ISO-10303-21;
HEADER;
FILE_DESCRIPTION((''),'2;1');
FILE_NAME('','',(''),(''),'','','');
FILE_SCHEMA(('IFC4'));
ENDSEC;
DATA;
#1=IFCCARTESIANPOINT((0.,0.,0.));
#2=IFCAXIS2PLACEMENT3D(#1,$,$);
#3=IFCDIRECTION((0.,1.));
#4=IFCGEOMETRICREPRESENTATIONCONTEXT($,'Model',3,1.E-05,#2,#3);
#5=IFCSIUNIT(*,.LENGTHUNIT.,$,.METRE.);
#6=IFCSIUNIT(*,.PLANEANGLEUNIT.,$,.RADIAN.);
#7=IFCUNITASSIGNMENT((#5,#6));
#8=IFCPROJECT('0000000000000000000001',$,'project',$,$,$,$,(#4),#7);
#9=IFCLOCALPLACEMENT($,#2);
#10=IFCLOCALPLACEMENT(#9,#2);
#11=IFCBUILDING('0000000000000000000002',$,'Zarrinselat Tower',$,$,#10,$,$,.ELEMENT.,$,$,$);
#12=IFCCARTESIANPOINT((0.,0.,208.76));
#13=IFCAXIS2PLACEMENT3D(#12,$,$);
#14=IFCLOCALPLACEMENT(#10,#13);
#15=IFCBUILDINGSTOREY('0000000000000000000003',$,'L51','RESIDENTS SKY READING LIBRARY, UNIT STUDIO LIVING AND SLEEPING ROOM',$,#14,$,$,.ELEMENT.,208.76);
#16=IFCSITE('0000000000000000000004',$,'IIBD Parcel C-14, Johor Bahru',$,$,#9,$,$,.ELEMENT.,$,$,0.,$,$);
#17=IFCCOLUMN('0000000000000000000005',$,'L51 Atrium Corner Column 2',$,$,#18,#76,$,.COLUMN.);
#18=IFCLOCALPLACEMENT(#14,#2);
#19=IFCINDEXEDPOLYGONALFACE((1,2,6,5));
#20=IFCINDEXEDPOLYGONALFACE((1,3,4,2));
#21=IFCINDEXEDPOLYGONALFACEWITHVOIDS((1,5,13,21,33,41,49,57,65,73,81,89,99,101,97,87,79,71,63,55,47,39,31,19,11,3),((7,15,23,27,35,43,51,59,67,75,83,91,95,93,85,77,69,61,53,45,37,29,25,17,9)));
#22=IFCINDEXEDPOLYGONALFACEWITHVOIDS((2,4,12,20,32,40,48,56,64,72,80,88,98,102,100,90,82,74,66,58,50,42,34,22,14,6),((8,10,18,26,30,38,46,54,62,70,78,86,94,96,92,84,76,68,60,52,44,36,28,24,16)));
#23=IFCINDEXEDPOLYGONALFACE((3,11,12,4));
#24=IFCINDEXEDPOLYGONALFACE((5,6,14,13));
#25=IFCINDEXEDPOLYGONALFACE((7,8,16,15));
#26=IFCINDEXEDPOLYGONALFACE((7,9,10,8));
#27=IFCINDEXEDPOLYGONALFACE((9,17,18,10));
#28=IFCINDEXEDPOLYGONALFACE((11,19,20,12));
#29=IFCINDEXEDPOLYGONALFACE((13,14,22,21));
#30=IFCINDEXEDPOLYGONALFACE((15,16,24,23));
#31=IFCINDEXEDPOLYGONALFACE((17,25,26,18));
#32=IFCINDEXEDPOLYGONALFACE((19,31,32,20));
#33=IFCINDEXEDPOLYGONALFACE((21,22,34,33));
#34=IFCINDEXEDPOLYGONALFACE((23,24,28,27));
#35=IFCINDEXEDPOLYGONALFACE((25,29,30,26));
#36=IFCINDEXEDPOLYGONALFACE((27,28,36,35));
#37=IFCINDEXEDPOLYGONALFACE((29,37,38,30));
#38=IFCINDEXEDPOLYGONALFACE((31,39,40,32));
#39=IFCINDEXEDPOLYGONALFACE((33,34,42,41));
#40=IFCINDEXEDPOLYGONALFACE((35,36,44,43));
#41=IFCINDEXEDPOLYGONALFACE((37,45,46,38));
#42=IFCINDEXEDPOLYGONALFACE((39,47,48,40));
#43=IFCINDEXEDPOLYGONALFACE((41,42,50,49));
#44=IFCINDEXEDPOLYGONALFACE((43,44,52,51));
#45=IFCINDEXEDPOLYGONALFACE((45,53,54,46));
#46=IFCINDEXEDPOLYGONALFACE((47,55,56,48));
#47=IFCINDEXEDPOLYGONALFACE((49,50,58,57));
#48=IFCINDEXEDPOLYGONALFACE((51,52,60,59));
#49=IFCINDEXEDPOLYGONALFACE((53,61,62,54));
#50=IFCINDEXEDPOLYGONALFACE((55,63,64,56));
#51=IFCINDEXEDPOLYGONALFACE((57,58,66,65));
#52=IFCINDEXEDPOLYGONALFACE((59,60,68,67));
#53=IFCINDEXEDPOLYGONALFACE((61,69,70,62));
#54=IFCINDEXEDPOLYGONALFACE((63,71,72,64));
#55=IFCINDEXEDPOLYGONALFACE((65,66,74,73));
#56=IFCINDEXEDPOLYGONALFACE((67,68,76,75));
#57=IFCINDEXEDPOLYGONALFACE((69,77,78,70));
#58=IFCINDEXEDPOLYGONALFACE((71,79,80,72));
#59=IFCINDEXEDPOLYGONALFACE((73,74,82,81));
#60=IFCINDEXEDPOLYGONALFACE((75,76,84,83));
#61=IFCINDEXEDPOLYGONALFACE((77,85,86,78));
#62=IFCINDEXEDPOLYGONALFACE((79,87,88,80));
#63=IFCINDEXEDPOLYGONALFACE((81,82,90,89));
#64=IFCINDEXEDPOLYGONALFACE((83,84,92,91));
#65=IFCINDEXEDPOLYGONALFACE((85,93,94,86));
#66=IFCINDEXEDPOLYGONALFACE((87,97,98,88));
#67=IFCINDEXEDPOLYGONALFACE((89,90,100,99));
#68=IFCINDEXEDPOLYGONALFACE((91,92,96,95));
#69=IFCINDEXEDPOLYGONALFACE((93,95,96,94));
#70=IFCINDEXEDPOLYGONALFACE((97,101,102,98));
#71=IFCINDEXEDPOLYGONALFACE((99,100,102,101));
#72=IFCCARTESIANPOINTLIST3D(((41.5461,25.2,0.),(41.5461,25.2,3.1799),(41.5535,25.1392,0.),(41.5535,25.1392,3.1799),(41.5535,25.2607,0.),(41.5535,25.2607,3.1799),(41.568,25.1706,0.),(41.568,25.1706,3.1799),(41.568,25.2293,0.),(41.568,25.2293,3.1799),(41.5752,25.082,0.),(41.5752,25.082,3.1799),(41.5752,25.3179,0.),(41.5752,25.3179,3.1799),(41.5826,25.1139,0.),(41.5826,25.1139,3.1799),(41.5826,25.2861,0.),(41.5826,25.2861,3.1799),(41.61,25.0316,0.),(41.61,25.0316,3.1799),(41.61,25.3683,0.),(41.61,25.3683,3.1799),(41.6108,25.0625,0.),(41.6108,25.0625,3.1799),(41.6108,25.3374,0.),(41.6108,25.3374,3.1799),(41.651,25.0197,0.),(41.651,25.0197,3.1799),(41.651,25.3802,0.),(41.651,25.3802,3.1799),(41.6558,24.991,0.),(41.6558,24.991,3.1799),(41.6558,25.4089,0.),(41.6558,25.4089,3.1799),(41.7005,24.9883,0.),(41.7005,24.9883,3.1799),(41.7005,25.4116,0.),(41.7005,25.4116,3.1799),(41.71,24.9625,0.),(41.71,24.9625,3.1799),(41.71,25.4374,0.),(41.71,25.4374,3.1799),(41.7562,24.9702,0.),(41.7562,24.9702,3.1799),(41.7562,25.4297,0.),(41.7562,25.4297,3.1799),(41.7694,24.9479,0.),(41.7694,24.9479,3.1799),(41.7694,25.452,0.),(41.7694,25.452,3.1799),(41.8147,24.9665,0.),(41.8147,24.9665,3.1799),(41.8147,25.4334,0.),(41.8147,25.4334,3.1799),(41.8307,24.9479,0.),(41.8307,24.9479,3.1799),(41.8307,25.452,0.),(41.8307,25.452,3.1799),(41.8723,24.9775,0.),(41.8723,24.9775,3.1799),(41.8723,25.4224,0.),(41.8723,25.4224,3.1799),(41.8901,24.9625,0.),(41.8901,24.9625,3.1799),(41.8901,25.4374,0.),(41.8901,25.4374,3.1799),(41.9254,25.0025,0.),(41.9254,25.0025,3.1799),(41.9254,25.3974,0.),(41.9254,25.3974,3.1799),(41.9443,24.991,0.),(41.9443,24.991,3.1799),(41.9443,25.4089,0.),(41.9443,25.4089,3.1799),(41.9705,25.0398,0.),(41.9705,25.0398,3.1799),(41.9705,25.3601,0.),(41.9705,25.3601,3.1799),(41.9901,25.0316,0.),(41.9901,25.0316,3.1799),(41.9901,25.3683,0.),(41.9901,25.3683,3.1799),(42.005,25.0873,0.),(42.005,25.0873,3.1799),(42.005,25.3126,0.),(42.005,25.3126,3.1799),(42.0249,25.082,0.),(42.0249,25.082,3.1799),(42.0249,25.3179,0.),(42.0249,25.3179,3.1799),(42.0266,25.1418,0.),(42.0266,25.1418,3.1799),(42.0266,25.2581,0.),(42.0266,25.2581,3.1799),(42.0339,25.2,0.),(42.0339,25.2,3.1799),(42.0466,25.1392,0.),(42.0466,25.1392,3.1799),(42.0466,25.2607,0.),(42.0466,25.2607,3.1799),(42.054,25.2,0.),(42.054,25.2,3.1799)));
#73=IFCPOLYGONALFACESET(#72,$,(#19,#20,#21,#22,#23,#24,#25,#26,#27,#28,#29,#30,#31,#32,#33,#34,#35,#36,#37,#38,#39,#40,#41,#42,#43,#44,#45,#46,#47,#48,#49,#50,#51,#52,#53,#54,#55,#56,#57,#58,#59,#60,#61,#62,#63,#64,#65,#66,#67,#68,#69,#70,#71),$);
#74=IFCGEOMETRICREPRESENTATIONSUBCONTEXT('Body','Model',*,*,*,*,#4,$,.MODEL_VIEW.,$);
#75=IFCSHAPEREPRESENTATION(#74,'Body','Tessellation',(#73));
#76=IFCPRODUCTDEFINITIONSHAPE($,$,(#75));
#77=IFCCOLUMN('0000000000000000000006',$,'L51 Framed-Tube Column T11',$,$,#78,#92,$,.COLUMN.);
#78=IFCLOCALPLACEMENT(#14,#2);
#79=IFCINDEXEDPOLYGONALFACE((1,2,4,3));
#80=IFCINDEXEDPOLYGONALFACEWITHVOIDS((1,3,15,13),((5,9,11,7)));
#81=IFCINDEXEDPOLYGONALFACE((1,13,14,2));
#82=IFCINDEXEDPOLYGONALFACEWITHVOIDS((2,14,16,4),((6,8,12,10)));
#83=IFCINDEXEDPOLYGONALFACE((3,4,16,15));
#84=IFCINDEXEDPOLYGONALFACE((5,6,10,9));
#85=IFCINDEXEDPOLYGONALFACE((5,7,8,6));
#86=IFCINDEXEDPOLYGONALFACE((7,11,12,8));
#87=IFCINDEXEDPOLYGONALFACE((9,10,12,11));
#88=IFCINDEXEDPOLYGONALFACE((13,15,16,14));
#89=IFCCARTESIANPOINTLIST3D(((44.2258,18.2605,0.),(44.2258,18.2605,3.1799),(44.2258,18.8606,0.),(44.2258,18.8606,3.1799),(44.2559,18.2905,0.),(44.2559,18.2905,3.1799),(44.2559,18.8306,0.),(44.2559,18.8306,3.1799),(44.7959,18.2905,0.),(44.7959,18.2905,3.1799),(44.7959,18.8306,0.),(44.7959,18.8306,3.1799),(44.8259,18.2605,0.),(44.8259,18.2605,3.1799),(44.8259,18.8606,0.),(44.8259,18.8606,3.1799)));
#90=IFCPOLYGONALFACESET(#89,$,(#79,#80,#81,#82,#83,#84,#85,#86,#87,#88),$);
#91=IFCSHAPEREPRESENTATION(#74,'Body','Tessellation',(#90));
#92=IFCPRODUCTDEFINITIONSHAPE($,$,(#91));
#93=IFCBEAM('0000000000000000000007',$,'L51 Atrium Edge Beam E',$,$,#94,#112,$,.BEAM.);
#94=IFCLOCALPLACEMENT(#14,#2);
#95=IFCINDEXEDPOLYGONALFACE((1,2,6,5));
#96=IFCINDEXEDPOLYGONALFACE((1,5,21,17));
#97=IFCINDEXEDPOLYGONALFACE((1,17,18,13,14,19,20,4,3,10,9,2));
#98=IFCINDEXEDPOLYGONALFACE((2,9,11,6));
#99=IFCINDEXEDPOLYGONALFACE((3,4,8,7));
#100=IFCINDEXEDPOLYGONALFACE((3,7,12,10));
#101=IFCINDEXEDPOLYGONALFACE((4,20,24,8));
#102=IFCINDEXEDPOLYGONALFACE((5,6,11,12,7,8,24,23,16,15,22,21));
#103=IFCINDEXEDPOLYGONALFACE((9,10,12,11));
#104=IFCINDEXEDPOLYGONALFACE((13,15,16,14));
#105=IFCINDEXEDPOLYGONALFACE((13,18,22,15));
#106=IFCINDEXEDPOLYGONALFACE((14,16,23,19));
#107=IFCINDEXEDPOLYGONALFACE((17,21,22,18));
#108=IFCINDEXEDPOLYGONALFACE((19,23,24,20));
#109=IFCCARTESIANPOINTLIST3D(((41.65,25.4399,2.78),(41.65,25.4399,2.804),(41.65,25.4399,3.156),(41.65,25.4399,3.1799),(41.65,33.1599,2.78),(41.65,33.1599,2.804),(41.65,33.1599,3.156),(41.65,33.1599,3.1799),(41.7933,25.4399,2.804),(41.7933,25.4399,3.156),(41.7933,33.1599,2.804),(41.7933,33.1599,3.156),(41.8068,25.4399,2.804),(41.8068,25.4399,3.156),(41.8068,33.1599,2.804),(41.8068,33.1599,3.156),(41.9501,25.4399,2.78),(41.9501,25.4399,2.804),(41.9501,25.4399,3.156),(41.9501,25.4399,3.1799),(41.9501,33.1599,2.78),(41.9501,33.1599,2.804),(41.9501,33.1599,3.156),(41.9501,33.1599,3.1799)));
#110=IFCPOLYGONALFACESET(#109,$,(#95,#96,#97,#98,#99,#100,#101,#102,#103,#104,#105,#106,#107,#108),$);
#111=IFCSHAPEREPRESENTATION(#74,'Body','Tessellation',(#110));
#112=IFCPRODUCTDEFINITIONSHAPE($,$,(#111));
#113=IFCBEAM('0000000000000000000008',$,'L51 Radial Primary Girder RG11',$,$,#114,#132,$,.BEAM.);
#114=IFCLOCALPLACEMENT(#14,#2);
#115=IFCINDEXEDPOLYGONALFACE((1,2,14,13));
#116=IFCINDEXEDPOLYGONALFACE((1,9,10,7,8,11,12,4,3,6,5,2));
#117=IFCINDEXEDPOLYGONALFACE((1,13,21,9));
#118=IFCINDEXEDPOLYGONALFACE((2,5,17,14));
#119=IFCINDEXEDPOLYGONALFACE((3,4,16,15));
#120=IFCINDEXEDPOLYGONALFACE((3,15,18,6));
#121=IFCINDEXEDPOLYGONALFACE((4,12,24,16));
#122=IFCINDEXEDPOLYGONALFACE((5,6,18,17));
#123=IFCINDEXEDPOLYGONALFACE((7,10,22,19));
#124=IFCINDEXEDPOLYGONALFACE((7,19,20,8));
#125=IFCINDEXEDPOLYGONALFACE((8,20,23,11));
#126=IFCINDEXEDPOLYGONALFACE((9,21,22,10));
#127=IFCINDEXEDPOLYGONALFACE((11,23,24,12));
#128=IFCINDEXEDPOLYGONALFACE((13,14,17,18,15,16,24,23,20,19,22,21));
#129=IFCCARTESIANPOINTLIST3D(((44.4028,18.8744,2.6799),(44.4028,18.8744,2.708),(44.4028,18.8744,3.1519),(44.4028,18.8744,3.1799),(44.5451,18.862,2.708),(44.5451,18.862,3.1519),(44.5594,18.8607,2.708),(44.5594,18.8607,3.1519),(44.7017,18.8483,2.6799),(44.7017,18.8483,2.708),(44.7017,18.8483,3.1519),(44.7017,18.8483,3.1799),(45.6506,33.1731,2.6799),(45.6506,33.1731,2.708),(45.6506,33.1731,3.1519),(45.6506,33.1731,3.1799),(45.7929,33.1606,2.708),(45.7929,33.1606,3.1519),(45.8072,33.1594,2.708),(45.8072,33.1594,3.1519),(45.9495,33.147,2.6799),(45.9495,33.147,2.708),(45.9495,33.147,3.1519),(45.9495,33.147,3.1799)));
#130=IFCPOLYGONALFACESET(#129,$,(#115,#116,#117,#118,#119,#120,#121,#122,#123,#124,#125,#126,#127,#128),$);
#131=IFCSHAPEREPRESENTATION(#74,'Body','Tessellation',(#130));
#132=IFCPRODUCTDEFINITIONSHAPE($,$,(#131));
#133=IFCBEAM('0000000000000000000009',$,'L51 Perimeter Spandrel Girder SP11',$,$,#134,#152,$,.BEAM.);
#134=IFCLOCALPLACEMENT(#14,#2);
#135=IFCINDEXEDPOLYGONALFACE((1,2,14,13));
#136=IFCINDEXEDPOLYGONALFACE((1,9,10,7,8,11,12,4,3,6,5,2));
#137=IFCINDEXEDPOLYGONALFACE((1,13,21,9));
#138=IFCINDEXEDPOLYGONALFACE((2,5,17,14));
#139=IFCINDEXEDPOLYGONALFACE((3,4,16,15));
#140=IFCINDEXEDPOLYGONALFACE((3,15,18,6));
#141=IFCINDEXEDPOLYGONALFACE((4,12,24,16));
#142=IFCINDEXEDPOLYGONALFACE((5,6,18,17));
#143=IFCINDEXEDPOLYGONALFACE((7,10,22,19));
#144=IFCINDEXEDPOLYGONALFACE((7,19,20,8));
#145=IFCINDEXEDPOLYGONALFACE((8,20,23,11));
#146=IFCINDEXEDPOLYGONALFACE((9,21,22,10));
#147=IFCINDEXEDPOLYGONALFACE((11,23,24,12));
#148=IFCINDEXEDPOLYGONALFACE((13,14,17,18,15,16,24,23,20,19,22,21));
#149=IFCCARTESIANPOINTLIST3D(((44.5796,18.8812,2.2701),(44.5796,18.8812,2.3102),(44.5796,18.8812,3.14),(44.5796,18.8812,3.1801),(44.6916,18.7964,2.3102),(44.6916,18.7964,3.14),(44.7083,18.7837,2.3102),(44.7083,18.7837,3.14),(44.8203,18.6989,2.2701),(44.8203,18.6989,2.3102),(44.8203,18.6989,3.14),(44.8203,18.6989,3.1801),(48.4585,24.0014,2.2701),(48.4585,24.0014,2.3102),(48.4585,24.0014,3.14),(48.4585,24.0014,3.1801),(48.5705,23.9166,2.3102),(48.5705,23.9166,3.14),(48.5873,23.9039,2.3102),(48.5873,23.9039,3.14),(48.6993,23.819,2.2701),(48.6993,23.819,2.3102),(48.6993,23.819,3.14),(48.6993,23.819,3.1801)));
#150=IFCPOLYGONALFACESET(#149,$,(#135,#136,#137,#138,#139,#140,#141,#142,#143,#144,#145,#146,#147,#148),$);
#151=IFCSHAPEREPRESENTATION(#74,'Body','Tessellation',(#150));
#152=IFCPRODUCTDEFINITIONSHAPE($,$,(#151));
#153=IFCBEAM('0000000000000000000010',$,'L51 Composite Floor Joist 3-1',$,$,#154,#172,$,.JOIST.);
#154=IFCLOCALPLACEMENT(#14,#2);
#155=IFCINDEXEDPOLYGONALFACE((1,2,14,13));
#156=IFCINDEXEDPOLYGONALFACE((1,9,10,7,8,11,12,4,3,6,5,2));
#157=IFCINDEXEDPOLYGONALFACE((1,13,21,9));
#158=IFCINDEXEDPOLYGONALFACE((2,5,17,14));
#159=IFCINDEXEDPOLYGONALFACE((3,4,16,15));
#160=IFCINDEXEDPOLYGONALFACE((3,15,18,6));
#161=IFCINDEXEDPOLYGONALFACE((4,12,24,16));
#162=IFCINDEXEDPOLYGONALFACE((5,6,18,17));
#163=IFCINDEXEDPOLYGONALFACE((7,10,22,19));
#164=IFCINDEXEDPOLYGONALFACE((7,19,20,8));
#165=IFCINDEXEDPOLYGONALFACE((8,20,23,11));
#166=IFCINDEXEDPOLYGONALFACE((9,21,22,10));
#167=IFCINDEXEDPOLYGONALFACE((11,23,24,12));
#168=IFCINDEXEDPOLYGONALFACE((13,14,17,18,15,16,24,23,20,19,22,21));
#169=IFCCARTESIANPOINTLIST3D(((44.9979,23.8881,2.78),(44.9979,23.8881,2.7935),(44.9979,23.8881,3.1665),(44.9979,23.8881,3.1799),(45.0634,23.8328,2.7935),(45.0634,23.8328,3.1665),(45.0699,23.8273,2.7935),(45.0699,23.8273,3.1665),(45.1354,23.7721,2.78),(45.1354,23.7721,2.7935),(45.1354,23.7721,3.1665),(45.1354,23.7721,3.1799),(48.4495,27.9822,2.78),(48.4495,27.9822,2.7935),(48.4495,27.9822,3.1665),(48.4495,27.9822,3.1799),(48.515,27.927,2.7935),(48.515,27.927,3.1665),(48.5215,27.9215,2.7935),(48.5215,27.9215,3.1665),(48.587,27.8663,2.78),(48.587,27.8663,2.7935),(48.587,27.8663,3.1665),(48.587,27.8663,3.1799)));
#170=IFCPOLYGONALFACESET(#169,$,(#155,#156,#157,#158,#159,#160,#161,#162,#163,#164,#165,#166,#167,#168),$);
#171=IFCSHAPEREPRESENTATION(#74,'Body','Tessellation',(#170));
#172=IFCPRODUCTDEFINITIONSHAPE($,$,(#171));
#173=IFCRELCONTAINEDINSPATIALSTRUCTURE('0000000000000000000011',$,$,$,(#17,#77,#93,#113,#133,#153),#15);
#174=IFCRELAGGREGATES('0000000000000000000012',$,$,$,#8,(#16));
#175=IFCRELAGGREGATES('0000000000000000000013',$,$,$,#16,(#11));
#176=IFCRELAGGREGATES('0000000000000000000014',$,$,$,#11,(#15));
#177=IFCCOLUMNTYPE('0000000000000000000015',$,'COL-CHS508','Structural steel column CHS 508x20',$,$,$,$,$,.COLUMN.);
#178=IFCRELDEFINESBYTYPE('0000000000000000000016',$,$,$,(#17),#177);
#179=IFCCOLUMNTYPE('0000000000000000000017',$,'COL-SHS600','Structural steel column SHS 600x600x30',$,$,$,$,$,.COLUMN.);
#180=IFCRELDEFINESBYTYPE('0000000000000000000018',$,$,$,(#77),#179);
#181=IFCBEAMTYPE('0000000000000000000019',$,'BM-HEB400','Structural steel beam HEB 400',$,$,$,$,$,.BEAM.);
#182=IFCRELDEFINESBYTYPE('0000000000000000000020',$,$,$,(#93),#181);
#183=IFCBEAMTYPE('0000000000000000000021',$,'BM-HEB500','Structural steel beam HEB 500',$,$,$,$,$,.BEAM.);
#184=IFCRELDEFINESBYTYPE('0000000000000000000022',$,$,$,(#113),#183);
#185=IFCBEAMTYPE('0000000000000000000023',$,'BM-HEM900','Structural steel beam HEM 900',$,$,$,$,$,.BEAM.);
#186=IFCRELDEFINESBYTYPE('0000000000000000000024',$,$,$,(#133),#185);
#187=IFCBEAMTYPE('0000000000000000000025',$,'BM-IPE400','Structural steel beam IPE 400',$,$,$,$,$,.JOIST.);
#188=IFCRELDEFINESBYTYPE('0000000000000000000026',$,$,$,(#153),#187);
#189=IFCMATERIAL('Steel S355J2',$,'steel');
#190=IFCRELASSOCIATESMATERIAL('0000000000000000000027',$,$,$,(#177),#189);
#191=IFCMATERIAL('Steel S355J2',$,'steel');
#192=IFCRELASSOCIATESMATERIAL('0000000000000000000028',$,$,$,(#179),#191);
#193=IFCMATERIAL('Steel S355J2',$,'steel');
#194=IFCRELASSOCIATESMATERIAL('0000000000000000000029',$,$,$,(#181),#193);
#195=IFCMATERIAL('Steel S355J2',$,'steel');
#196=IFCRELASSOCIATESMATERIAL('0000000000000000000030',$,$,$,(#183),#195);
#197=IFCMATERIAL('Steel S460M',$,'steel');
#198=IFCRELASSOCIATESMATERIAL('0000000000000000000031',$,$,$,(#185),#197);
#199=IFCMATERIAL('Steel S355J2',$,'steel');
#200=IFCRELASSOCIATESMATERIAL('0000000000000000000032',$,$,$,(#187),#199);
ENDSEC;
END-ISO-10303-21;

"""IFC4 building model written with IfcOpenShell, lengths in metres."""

from ifc_helpers import new_model, si_unit, direction, frame, origin, origin_2d, place, context, subcontext, project, spatial, hollow_rectangle, hollow_circle, i_section, extrude, material, material_profile, profile_set, type_object, element, save


model = new_model("IFC4")

# Units and contexts
model_context = context("Model", 3, precision=1e-05, world=origin(), true_north=direction((0.0, 1.0)))
body_context = subcontext(model_context, "Body", "Model", "MODEL_VIEW")
ifc_project = project(units=[si_unit("LENGTHUNIT", "METRE"), si_unit("PLANEANGLEUNIT", "RADIAN")], contexts=[model_context])

# Site, building, storey
site_placement = place(None, origin())
site = spatial("IfcSite", under=ifc_project, at=site_placement, Name="IIBD Parcel C-14, Johor Bahru", CompositionType="ELEMENT", RefElevation=0.0)
building_placement = place(site_placement, origin())
building = spatial("IfcBuilding", under=site, at=building_placement, Name="Zarrinselat Tower", CompositionType="ELEMENT")
storey_placement = place(building_placement, frame((0.0, 0.0, 208.76)))
storey = spatial("IfcBuildingStorey", under=building, at=storey_placement, Name="L51", Description="RESIDENTS SKY READING LIBRARY, UNIT STUDIO LIVING AND SLEEPING ROOM", CompositionType="ELEMENT", Elevation=208.76)

# Columns
ifc_material_1 = material(Name="Steel S355J2", Category="steel")
ifc_material_profile_1 = material_profile(ifc_material_1, hollow_circle(Radius=0.2539, WallThickness=0.02, at=origin_2d()), Name="CHS 508x20")
ifc_profile_set_1 = profile_set([ifc_material_profile_1], Name="Steel S355J2")
column_type_1 = type_object("IfcColumnType", Name="COL-CHS508", Description="Structural steel column CHS 508x20", PredefinedType="COLUMN", material=ifc_profile_set_1)
column_1_placement = place(storey_placement, frame((41.8, 25.2, 0.0), z_axis=(0.0, 0.0, 1.0), x_axis=(1.0, 0.0, 0.0)))
element("IfcColumn", 1, at=column_1_placement, inside=storey, type_object=column_type_1, Name="L51 Atrium Corner Column 2", PredefinedType="COLUMN", context=body_context, shape_type="SweptSolid", body=[
    extrude(hollow_circle(Radius=0.2539, WallThickness=0.02, at=origin_2d()), origin(), (0.0, 0.0, 1.0), 3.1799),
])
ifc_material_2 = material(Name="Steel S355J2", Category="steel")
ifc_material_profile_2 = material_profile(ifc_material_2, hollow_rectangle(XDim=0.6001, YDim=0.6001, WallThickness=0.03, at=origin_2d()), Name="SHS 600x600x30")
ifc_profile_set_2 = profile_set([ifc_material_profile_2], Name="Steel S355J2")
column_type_2 = type_object("IfcColumnType", Name="COL-SHS600", Description="Structural steel column SHS 600x600x30", PredefinedType="COLUMN", material=ifc_profile_set_2)
column_2_placement = place(storey_placement, frame((44.5259, 18.5605, 0.0), z_axis=(0.0, 0.0, 1.0), x_axis=(1.0, 0.0, 0.0)))
element("IfcColumn", 2, at=column_2_placement, inside=storey, type_object=column_type_2, Name="L51 Framed-Tube Column T11", PredefinedType="COLUMN", context=body_context, shape_type="SweptSolid", body=[
    extrude(hollow_rectangle(XDim=0.6001, YDim=0.6001, WallThickness=0.03, at=origin_2d()), origin(), (0.0, 0.0, 1.0), 3.1799),
])

# Beams
ifc_material_3 = material(Name="Steel S355J2", Category="steel")
ifc_material_profile_3 = material_profile(ifc_material_3, i_section(OverallWidth=0.3, OverallDepth=0.3999, WebThickness=0.0134, FlangeThickness=0.0239, at=origin_2d()), Name="HEB 400")
ifc_profile_set_3 = profile_set([ifc_material_profile_3], Name="Steel S355J2")
beam_type_1 = type_object("IfcBeamType", Name="BM-HEB400", Description="Structural steel beam HEB 400", PredefinedType="BEAM", material=ifc_profile_set_3)
beam_1_placement = place(storey_placement, frame((41.8, 25.4399, 2.98), z_axis=(0.0, 1.0, 0.0), x_axis=(-1.0, 0.0, 0.0)))
element("IfcBeam", 3, at=beam_1_placement, inside=storey, type_object=beam_type_1, Name="L51 Atrium Edge Beam E", PredefinedType="BEAM", context=body_context, shape_type="SweptSolid", body=[
    extrude(i_section(OverallWidth=0.3, OverallDepth=0.3999, WebThickness=0.0134, FlangeThickness=0.0239, at=origin_2d()), origin(), (0.0, 0.0, 1.0), 7.72),
])
ifc_material_4 = material(Name="Steel S355J2", Category="steel")
ifc_material_profile_4 = material_profile(ifc_material_4, i_section(OverallWidth=0.3, OverallDepth=0.5, WebThickness=0.0144, FlangeThickness=0.0281, at=origin_2d()), Name="HEB 500")
ifc_profile_set_4 = profile_set([ifc_material_profile_4], Name="Steel S355J2")
beam_type_2 = type_object("IfcBeamType", Name="BM-HEB500", Description="Structural steel beam HEB 500", PredefinedType="BEAM", material=ifc_profile_set_4)
beam_2_placement = place(storey_placement, frame((44.5522, 18.8613, 2.9299), z_axis=(0.086937, 0.996214, 0.0), x_axis=(-0.996214, 0.086937, 0.0)))
element("IfcBeam", 4, at=beam_2_placement, inside=storey, type_object=beam_type_2, Name="L51 Radial Primary Girder RG11", PredefinedType="BEAM", context=body_context, shape_type="SweptSolid", body=[
    extrude(i_section(OverallWidth=0.3, OverallDepth=0.5, WebThickness=0.0144, FlangeThickness=0.0281, at=origin_2d()), origin(), (0.0, 0.0, 1.0), 14.353),
])
ifc_material_5 = material(Name="Steel S460M", Category="steel")
ifc_material_profile_5 = material_profile(ifc_material_5, i_section(OverallWidth=0.302, OverallDepth=0.9099, WebThickness=0.021, FlangeThickness=0.04, at=origin_2d()), Name="HEM 900")
ifc_profile_set_5 = profile_set([ifc_material_profile_5], Name="Steel S460M")
beam_type_3 = type_object("IfcBeamType", Name="BM-HEM900", Description="Structural steel beam HEM 900", PredefinedType="BEAM", material=ifc_profile_set_5)
beam_3_placement = place(storey_placement, frame((44.7, 18.79, 2.7251), z_axis=(0.603861, 0.79709, 0.0), x_axis=(-0.79709, 0.603861, 0.0)))
element("IfcBeam", 5, at=beam_3_placement, inside=storey, type_object=beam_type_3, Name="L51 Perimeter Spandrel Girder SP11", PredefinedType="BEAM", context=body_context, shape_type="SweptSolid", body=[
    extrude(i_section(OverallWidth=0.302, OverallDepth=0.9099, WebThickness=0.021, FlangeThickness=0.04, at=origin_2d()), origin(), (0.0, 0.0, 1.0), 6.4236),
])
ifc_material_6 = material(Name="Steel S355J2", Category="steel")
ifc_material_profile_6 = material_profile(ifc_material_6, i_section(OverallWidth=0.1799, OverallDepth=0.3999, WebThickness=0.0085, FlangeThickness=0.0134, at=origin_2d()), Name="IPE 400")
ifc_profile_set_6 = profile_set([ifc_material_profile_6], Name="Steel S355J2")
beam_type_4 = type_object("IfcBeamType", Name="BM-IPE400", Description="Structural steel beam IPE 400", PredefinedType="JOIST", material=ifc_profile_set_6)
beam_4_placement = place(storey_placement, frame((45.0667, 23.8301, 2.98), z_axis=(0.64456, 0.764554, 0.0), x_axis=(-0.764554, 0.64456, 0.0)))
element("IfcBeam", 6, at=beam_4_placement, inside=storey, type_object=beam_type_4, Name="L51 Composite Floor Joist 3-1", PredefinedType="JOIST", context=body_context, shape_type="SweptSolid", body=[
    extrude(i_section(OverallWidth=0.1799, OverallDepth=0.3999, WebThickness=0.0085, FlangeThickness=0.0134, at=origin_2d()), origin(), (0.0, 0.0, 1.0), 5.355),
])

save(model, "model.ifc")
